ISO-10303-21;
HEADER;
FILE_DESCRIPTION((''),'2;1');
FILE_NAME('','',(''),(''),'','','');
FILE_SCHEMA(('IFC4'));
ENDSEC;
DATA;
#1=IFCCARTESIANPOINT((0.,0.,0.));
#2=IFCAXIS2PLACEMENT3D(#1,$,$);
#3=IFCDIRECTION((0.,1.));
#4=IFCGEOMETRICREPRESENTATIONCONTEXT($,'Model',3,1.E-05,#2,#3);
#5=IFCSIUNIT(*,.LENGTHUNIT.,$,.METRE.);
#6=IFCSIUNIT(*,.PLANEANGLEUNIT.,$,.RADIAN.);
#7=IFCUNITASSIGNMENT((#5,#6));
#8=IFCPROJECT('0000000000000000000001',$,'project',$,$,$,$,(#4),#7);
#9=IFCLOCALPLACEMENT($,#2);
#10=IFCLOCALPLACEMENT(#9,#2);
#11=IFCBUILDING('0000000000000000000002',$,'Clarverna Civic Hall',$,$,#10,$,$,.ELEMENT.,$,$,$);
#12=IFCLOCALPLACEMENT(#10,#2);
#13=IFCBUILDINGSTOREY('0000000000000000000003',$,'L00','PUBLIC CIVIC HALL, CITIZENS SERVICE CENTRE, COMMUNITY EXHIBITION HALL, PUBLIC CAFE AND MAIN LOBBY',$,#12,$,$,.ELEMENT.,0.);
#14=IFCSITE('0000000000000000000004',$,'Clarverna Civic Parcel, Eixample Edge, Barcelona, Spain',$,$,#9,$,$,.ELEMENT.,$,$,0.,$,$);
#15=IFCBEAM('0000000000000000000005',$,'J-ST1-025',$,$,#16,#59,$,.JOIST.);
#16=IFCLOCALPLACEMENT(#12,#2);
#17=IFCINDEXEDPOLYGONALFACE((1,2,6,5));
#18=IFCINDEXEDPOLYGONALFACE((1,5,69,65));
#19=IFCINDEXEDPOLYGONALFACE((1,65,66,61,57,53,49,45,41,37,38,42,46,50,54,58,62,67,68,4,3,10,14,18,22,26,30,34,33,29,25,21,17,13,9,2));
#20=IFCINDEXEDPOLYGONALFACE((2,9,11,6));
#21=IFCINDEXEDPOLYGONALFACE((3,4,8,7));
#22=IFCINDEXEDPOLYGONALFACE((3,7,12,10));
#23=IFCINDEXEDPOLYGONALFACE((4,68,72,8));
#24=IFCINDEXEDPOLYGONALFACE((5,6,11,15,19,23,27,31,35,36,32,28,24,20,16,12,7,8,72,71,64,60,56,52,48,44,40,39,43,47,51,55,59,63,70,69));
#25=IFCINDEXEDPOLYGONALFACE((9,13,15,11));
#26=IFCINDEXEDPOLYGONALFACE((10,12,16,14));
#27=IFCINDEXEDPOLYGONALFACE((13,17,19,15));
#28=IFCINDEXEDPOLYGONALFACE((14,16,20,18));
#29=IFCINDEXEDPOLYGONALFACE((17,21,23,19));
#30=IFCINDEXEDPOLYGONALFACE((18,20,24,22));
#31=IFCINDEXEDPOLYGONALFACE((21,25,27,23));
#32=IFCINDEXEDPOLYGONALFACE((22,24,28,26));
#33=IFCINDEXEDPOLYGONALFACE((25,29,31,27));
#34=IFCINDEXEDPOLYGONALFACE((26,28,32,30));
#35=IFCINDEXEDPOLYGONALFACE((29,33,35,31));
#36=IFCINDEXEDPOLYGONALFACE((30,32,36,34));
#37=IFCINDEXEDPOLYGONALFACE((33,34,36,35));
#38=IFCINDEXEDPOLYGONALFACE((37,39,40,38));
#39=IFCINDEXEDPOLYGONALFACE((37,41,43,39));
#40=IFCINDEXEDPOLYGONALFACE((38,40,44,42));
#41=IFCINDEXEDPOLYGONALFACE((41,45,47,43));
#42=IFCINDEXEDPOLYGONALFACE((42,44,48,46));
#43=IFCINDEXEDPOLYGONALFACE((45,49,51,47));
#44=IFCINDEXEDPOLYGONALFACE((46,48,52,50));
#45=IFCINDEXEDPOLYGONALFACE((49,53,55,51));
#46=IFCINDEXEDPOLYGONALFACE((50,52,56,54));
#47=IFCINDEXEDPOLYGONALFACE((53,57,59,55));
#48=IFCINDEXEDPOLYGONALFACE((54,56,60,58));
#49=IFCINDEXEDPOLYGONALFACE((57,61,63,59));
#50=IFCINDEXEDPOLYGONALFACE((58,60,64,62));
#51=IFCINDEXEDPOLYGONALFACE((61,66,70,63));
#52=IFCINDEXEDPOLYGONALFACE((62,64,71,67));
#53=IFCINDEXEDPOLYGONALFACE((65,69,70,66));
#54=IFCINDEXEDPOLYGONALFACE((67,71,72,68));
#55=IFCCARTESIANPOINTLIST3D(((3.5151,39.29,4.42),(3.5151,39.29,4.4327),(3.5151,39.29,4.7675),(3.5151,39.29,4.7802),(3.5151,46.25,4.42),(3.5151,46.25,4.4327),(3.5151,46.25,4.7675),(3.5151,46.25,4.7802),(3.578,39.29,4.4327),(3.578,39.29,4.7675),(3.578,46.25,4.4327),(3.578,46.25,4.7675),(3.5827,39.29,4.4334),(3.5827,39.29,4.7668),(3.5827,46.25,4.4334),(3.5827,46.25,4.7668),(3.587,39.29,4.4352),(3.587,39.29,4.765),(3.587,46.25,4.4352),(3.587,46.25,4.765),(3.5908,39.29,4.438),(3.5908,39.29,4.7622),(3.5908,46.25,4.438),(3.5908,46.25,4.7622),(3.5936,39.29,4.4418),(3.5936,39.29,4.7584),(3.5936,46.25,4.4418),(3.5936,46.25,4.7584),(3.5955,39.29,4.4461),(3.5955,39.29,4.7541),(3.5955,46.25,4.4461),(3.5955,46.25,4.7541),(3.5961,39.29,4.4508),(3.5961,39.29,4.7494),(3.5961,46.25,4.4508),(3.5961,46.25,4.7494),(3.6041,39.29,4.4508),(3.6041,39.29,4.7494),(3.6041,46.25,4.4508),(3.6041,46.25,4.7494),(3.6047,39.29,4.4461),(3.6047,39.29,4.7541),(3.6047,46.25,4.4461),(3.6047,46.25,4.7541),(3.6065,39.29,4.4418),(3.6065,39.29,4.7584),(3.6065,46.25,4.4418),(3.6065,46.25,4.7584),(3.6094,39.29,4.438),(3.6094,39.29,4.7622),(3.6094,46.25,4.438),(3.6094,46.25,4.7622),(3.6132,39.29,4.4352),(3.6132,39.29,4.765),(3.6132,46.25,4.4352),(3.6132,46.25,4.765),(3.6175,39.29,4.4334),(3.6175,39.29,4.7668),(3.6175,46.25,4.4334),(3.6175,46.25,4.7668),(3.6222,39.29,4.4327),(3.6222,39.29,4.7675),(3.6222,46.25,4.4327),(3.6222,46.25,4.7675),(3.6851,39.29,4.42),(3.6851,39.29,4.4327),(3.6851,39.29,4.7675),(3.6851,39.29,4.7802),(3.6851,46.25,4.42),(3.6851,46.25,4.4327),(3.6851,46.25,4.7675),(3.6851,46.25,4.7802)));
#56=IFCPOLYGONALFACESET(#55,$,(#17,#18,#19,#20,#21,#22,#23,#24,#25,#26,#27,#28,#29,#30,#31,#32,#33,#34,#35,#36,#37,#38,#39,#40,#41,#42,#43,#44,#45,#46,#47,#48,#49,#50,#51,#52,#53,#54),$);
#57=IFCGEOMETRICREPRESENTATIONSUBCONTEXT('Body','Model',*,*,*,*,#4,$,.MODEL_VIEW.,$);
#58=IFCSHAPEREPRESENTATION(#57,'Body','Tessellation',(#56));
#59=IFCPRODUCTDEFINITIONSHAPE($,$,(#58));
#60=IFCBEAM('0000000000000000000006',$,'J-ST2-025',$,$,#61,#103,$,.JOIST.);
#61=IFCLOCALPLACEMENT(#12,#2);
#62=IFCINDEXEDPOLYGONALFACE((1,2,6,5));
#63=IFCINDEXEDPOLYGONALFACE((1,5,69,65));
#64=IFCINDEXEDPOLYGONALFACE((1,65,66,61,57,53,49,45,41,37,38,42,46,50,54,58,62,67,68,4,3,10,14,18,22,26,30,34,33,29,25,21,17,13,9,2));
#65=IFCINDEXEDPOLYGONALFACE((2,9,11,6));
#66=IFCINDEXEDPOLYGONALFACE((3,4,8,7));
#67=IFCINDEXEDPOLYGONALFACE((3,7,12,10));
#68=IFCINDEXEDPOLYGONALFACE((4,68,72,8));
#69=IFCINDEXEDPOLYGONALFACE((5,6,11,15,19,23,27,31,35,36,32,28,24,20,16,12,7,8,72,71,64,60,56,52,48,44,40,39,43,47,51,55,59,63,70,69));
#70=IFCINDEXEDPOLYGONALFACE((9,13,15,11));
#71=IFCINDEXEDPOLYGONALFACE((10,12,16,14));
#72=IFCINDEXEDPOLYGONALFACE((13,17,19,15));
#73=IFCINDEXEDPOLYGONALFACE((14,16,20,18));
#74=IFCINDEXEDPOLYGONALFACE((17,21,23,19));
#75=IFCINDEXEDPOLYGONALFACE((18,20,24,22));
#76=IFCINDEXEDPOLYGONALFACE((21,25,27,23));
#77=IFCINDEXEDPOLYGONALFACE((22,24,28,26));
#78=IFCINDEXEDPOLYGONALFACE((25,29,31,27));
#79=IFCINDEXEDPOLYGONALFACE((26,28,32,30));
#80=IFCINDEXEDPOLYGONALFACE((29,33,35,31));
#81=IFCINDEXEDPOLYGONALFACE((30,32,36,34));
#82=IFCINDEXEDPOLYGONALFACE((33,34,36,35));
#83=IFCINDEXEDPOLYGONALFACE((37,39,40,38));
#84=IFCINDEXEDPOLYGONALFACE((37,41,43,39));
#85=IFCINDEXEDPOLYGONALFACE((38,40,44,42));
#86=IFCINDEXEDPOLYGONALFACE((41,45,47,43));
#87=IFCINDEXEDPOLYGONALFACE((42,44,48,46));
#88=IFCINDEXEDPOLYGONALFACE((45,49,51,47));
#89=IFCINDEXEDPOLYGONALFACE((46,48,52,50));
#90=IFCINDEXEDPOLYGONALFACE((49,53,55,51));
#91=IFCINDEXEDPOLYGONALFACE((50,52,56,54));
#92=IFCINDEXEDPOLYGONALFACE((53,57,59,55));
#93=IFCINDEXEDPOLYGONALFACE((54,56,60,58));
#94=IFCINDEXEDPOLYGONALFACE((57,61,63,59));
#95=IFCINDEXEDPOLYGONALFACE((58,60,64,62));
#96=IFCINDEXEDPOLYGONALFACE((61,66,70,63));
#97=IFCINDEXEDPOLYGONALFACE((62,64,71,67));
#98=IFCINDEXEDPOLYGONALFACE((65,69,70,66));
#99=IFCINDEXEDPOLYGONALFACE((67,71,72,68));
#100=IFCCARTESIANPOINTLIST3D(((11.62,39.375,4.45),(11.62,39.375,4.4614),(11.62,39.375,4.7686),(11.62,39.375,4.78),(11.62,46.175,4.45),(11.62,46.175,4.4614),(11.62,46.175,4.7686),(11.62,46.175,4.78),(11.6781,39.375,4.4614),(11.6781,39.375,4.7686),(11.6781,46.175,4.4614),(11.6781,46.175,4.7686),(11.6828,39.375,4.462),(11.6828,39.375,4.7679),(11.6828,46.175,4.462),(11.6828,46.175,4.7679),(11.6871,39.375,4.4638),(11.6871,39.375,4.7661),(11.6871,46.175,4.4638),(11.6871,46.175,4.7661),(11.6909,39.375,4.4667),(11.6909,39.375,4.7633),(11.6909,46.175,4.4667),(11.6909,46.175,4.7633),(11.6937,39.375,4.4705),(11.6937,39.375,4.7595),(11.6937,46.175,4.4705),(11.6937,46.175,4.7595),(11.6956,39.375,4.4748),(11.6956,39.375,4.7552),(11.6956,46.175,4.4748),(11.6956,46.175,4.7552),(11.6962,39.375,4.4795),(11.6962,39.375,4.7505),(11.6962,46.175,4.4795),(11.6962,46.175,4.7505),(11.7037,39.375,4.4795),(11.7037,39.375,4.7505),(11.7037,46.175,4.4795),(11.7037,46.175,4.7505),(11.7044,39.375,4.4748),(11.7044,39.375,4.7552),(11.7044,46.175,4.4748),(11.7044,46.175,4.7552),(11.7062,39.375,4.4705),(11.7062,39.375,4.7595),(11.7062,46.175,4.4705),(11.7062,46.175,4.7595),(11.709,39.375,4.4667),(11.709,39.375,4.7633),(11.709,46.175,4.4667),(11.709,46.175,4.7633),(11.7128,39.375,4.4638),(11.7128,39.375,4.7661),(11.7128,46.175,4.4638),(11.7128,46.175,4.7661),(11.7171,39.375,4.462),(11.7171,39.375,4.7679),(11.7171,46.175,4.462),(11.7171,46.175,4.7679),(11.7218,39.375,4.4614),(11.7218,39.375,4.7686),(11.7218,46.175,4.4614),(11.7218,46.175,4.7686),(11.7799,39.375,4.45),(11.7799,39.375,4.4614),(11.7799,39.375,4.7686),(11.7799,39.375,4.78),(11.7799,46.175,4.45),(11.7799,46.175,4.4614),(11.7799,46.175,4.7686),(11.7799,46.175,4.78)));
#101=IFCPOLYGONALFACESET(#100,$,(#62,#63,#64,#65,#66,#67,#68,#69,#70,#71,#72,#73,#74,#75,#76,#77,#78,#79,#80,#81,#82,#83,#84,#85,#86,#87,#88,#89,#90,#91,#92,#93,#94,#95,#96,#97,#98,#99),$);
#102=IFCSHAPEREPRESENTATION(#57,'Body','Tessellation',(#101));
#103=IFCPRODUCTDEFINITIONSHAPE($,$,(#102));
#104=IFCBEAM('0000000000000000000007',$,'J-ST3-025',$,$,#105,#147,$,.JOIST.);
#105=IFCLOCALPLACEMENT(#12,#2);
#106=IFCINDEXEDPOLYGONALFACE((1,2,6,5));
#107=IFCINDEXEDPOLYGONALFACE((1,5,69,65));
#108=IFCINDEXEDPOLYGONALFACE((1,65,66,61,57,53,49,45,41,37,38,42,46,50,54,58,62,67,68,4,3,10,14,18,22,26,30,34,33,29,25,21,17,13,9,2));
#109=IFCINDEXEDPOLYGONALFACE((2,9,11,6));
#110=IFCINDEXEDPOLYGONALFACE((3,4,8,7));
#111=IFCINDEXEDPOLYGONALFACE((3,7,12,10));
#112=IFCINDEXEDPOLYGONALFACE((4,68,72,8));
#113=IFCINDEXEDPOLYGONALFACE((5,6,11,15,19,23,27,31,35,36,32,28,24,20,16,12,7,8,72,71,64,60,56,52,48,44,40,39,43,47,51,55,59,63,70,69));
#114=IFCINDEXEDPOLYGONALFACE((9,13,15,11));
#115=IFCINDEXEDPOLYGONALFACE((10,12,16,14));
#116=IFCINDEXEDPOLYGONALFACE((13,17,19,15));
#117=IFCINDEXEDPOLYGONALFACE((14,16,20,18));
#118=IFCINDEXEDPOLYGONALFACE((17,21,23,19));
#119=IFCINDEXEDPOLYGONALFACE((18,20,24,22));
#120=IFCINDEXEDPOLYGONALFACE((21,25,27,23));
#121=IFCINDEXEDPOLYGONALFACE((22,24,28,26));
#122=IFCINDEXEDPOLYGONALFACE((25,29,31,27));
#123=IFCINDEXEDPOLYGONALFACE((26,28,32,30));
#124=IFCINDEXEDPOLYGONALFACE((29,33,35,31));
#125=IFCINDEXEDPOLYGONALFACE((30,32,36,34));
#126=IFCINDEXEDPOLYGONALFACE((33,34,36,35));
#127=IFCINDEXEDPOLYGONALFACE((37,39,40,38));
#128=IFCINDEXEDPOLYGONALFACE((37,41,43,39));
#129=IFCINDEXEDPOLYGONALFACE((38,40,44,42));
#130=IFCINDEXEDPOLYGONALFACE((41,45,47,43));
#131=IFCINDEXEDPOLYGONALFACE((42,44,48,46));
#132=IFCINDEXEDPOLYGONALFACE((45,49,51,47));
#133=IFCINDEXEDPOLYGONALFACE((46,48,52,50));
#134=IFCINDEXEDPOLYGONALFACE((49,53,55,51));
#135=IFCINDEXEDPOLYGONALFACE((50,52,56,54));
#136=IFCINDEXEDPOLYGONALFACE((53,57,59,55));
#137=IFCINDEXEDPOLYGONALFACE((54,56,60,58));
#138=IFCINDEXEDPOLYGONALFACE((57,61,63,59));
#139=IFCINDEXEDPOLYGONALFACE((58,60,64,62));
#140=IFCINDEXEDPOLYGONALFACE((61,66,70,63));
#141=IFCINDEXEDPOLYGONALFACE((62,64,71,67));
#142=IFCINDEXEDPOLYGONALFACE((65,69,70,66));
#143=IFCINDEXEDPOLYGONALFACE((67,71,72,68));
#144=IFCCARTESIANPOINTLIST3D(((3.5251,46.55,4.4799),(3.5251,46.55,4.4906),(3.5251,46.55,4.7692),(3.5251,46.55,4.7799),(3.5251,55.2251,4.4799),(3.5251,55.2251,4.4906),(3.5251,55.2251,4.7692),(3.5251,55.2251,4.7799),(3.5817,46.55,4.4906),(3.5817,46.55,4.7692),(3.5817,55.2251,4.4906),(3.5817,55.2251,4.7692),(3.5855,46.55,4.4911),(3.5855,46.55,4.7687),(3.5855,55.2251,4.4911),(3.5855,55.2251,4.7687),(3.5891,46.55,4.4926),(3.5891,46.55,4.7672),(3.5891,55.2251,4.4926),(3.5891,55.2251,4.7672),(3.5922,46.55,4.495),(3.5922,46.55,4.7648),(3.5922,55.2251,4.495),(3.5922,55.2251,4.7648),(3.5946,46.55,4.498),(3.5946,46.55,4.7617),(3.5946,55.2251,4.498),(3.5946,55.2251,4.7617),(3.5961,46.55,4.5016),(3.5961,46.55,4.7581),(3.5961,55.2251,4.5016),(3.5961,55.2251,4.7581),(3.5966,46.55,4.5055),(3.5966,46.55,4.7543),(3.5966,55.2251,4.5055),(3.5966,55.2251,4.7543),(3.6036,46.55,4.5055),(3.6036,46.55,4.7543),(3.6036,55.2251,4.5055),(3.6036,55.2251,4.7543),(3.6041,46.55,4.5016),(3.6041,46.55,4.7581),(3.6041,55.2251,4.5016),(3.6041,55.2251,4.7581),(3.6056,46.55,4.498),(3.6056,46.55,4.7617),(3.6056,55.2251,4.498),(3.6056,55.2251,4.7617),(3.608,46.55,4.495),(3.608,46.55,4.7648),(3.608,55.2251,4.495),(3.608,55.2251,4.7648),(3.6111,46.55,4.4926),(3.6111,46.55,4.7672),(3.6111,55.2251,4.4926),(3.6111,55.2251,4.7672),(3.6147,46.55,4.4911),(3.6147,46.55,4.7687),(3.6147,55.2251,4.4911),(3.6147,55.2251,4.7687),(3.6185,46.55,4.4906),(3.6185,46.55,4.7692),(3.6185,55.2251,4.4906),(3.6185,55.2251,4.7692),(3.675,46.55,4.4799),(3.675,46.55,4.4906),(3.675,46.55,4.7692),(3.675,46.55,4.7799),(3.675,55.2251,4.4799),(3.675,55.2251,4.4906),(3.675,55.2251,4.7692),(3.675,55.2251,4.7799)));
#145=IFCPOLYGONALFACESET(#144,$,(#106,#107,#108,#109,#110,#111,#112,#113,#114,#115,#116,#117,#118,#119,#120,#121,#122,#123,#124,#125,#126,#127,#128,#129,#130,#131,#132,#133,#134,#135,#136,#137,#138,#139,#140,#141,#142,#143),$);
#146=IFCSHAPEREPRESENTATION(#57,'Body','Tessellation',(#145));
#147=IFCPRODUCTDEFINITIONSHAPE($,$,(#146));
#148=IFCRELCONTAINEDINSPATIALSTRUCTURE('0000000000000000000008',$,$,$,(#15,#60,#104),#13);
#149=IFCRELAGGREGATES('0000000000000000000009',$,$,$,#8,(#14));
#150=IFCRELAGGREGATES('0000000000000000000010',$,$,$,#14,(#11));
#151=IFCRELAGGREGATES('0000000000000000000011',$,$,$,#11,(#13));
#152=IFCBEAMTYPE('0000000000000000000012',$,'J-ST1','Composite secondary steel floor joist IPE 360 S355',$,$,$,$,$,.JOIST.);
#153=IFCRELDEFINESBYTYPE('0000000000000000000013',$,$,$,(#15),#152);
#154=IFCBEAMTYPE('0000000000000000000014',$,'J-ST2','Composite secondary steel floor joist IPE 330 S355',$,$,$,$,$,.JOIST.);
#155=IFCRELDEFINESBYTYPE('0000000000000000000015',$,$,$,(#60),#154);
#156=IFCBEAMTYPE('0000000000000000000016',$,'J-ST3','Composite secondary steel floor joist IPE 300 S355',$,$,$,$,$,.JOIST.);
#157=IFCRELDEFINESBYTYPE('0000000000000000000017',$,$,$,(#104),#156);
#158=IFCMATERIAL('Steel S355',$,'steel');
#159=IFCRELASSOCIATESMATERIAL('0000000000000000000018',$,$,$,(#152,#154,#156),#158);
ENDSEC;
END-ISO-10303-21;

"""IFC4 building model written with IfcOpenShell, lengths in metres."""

from ifc_helpers import new_model, si_unit, direction, frame, origin, origin_2d, place, context, subcontext, project, spatial, i_section, extrude, material, material_profile, profile_set, type_object, element, save


model = new_model("IFC4")

# Units and contexts
model_context = context("Model", 3, precision=1e-05, world=origin(), true_north=direction((0.0, 1.0)))
body_context = subcontext(model_context, "Body", "Model", "MODEL_VIEW")
ifc_project = project(units=[si_unit("LENGTHUNIT", "METRE"), si_unit("PLANEANGLEUNIT", "RADIAN")], contexts=[model_context])

# Site, building, storey
site_placement = place(None, origin())
site = spatial("IfcSite", under=ifc_project, at=site_placement, Name="Clarverna Civic Parcel, Eixample Edge, Barcelona, Spain", CompositionType="ELEMENT", RefElevation=0.0)
building_placement = place(site_placement, origin())
building = spatial("IfcBuilding", under=site, at=building_placement, Name="Clarverna Civic Hall", CompositionType="ELEMENT")
storey_placement = place(building_placement, origin())
storey = spatial("IfcBuildingStorey", under=building, at=storey_placement, Name="L00", Description="PUBLIC CIVIC HALL, CITIZENS SERVICE CENTRE, COMMUNITY EXHIBITION HALL, PUBLIC CAFE AND MAIN LOBBY", CompositionType="ELEMENT", Elevation=0.0)

# Beams
ifc_material_1 = material(Name="Steel S355", Category="steel")
ifc_material_profile_1 = material_profile(ifc_material_1, i_section(OverallWidth=0.1699, OverallDepth=0.3601, WebThickness=0.0081, FlangeThickness=0.0127, FilletRadius=0.0181, at=origin_2d()), Name="IPE 360")
ifc_profile_set_1 = profile_set([ifc_material_profile_1], Name="Steel S355")
beam_type_1 = type_object("IfcBeamType", Name="J-ST1", Description="Composite secondary steel floor joist IPE 360 S355", PredefinedType="JOIST", material=ifc_profile_set_1)
beam_1_placement = place(storey_placement, frame((3.6001, 39.29, 4.6001), z_axis=(0.0, 1.0, 0.0), x_axis=(-1.0, 0.0, 0.0)))
element("IfcBeam", 1, at=beam_1_placement, inside=storey, type_object=beam_type_1, Name="J-ST1-025", PredefinedType="JOIST", context=body_context, shape_type="SweptSolid", body=[
    extrude(i_section(OverallWidth=0.1699, OverallDepth=0.3601, WebThickness=0.0081, FlangeThickness=0.0127, FilletRadius=0.0181, at=origin_2d()), origin(), (0.0, 0.0, 1.0), 6.96),
])
ifc_material_profile_2 = material_profile(ifc_material_1, i_section(OverallWidth=0.1599, OverallDepth=0.3301, WebThickness=0.0076, FlangeThickness=0.0115, FilletRadius=0.0181, at=origin_2d()), Name="IPE 330")
ifc_profile_set_2 = profile_set([ifc_material_profile_2], Name="Steel S355")
beam_type_2 = type_object("IfcBeamType", Name="J-ST2", Description="Composite secondary steel floor joist IPE 330 S355", PredefinedType="JOIST", material=ifc_profile_set_2)
beam_2_placement = place(storey_placement, frame((11.7, 39.375, 4.615), z_axis=(0.0, 1.0, 0.0), x_axis=(-1.0, 0.0, 0.0)))
element("IfcBeam", 2, at=beam_2_placement, inside=storey, type_object=beam_type_2, Name="J-ST2-025", PredefinedType="JOIST", context=body_context, shape_type="SweptSolid", body=[
    extrude(i_section(OverallWidth=0.1599, OverallDepth=0.3301, WebThickness=0.0076, FlangeThickness=0.0115, FilletRadius=0.0181, at=origin_2d()), origin(), (0.0, 0.0, 1.0), 6.8),
])
ifc_material_profile_3 = material_profile(ifc_material_1, i_section(OverallWidth=0.1499, OverallDepth=0.3, WebThickness=0.0071, FlangeThickness=0.0107, FilletRadius=0.0149, at=origin_2d()), Name="IPE 300")
ifc_profile_set_3 = profile_set([ifc_material_profile_3], Name="Steel S355")
beam_type_3 = type_object("IfcBeamType", Name="J-ST3", Description="Composite secondary steel floor joist IPE 300 S355", PredefinedType="JOIST", material=ifc_profile_set_3)
beam_3_placement = place(storey_placement, frame((3.6001, 46.55, 4.6299), z_axis=(0.0, 1.0, 0.0), x_axis=(-1.0, 0.0, 0.0)))
element("IfcBeam", 3, at=beam_3_placement, inside=storey, type_object=beam_type_3, Name="J-ST3-025", PredefinedType="JOIST", context=body_context, shape_type="SweptSolid", body=[
    extrude(i_section(OverallWidth=0.1499, OverallDepth=0.3, WebThickness=0.0071, FlangeThickness=0.0107, FilletRadius=0.0149, at=origin_2d()), origin(), (0.0, 0.0, 1.0), 8.675),
])

save(model, "model.ifc")
